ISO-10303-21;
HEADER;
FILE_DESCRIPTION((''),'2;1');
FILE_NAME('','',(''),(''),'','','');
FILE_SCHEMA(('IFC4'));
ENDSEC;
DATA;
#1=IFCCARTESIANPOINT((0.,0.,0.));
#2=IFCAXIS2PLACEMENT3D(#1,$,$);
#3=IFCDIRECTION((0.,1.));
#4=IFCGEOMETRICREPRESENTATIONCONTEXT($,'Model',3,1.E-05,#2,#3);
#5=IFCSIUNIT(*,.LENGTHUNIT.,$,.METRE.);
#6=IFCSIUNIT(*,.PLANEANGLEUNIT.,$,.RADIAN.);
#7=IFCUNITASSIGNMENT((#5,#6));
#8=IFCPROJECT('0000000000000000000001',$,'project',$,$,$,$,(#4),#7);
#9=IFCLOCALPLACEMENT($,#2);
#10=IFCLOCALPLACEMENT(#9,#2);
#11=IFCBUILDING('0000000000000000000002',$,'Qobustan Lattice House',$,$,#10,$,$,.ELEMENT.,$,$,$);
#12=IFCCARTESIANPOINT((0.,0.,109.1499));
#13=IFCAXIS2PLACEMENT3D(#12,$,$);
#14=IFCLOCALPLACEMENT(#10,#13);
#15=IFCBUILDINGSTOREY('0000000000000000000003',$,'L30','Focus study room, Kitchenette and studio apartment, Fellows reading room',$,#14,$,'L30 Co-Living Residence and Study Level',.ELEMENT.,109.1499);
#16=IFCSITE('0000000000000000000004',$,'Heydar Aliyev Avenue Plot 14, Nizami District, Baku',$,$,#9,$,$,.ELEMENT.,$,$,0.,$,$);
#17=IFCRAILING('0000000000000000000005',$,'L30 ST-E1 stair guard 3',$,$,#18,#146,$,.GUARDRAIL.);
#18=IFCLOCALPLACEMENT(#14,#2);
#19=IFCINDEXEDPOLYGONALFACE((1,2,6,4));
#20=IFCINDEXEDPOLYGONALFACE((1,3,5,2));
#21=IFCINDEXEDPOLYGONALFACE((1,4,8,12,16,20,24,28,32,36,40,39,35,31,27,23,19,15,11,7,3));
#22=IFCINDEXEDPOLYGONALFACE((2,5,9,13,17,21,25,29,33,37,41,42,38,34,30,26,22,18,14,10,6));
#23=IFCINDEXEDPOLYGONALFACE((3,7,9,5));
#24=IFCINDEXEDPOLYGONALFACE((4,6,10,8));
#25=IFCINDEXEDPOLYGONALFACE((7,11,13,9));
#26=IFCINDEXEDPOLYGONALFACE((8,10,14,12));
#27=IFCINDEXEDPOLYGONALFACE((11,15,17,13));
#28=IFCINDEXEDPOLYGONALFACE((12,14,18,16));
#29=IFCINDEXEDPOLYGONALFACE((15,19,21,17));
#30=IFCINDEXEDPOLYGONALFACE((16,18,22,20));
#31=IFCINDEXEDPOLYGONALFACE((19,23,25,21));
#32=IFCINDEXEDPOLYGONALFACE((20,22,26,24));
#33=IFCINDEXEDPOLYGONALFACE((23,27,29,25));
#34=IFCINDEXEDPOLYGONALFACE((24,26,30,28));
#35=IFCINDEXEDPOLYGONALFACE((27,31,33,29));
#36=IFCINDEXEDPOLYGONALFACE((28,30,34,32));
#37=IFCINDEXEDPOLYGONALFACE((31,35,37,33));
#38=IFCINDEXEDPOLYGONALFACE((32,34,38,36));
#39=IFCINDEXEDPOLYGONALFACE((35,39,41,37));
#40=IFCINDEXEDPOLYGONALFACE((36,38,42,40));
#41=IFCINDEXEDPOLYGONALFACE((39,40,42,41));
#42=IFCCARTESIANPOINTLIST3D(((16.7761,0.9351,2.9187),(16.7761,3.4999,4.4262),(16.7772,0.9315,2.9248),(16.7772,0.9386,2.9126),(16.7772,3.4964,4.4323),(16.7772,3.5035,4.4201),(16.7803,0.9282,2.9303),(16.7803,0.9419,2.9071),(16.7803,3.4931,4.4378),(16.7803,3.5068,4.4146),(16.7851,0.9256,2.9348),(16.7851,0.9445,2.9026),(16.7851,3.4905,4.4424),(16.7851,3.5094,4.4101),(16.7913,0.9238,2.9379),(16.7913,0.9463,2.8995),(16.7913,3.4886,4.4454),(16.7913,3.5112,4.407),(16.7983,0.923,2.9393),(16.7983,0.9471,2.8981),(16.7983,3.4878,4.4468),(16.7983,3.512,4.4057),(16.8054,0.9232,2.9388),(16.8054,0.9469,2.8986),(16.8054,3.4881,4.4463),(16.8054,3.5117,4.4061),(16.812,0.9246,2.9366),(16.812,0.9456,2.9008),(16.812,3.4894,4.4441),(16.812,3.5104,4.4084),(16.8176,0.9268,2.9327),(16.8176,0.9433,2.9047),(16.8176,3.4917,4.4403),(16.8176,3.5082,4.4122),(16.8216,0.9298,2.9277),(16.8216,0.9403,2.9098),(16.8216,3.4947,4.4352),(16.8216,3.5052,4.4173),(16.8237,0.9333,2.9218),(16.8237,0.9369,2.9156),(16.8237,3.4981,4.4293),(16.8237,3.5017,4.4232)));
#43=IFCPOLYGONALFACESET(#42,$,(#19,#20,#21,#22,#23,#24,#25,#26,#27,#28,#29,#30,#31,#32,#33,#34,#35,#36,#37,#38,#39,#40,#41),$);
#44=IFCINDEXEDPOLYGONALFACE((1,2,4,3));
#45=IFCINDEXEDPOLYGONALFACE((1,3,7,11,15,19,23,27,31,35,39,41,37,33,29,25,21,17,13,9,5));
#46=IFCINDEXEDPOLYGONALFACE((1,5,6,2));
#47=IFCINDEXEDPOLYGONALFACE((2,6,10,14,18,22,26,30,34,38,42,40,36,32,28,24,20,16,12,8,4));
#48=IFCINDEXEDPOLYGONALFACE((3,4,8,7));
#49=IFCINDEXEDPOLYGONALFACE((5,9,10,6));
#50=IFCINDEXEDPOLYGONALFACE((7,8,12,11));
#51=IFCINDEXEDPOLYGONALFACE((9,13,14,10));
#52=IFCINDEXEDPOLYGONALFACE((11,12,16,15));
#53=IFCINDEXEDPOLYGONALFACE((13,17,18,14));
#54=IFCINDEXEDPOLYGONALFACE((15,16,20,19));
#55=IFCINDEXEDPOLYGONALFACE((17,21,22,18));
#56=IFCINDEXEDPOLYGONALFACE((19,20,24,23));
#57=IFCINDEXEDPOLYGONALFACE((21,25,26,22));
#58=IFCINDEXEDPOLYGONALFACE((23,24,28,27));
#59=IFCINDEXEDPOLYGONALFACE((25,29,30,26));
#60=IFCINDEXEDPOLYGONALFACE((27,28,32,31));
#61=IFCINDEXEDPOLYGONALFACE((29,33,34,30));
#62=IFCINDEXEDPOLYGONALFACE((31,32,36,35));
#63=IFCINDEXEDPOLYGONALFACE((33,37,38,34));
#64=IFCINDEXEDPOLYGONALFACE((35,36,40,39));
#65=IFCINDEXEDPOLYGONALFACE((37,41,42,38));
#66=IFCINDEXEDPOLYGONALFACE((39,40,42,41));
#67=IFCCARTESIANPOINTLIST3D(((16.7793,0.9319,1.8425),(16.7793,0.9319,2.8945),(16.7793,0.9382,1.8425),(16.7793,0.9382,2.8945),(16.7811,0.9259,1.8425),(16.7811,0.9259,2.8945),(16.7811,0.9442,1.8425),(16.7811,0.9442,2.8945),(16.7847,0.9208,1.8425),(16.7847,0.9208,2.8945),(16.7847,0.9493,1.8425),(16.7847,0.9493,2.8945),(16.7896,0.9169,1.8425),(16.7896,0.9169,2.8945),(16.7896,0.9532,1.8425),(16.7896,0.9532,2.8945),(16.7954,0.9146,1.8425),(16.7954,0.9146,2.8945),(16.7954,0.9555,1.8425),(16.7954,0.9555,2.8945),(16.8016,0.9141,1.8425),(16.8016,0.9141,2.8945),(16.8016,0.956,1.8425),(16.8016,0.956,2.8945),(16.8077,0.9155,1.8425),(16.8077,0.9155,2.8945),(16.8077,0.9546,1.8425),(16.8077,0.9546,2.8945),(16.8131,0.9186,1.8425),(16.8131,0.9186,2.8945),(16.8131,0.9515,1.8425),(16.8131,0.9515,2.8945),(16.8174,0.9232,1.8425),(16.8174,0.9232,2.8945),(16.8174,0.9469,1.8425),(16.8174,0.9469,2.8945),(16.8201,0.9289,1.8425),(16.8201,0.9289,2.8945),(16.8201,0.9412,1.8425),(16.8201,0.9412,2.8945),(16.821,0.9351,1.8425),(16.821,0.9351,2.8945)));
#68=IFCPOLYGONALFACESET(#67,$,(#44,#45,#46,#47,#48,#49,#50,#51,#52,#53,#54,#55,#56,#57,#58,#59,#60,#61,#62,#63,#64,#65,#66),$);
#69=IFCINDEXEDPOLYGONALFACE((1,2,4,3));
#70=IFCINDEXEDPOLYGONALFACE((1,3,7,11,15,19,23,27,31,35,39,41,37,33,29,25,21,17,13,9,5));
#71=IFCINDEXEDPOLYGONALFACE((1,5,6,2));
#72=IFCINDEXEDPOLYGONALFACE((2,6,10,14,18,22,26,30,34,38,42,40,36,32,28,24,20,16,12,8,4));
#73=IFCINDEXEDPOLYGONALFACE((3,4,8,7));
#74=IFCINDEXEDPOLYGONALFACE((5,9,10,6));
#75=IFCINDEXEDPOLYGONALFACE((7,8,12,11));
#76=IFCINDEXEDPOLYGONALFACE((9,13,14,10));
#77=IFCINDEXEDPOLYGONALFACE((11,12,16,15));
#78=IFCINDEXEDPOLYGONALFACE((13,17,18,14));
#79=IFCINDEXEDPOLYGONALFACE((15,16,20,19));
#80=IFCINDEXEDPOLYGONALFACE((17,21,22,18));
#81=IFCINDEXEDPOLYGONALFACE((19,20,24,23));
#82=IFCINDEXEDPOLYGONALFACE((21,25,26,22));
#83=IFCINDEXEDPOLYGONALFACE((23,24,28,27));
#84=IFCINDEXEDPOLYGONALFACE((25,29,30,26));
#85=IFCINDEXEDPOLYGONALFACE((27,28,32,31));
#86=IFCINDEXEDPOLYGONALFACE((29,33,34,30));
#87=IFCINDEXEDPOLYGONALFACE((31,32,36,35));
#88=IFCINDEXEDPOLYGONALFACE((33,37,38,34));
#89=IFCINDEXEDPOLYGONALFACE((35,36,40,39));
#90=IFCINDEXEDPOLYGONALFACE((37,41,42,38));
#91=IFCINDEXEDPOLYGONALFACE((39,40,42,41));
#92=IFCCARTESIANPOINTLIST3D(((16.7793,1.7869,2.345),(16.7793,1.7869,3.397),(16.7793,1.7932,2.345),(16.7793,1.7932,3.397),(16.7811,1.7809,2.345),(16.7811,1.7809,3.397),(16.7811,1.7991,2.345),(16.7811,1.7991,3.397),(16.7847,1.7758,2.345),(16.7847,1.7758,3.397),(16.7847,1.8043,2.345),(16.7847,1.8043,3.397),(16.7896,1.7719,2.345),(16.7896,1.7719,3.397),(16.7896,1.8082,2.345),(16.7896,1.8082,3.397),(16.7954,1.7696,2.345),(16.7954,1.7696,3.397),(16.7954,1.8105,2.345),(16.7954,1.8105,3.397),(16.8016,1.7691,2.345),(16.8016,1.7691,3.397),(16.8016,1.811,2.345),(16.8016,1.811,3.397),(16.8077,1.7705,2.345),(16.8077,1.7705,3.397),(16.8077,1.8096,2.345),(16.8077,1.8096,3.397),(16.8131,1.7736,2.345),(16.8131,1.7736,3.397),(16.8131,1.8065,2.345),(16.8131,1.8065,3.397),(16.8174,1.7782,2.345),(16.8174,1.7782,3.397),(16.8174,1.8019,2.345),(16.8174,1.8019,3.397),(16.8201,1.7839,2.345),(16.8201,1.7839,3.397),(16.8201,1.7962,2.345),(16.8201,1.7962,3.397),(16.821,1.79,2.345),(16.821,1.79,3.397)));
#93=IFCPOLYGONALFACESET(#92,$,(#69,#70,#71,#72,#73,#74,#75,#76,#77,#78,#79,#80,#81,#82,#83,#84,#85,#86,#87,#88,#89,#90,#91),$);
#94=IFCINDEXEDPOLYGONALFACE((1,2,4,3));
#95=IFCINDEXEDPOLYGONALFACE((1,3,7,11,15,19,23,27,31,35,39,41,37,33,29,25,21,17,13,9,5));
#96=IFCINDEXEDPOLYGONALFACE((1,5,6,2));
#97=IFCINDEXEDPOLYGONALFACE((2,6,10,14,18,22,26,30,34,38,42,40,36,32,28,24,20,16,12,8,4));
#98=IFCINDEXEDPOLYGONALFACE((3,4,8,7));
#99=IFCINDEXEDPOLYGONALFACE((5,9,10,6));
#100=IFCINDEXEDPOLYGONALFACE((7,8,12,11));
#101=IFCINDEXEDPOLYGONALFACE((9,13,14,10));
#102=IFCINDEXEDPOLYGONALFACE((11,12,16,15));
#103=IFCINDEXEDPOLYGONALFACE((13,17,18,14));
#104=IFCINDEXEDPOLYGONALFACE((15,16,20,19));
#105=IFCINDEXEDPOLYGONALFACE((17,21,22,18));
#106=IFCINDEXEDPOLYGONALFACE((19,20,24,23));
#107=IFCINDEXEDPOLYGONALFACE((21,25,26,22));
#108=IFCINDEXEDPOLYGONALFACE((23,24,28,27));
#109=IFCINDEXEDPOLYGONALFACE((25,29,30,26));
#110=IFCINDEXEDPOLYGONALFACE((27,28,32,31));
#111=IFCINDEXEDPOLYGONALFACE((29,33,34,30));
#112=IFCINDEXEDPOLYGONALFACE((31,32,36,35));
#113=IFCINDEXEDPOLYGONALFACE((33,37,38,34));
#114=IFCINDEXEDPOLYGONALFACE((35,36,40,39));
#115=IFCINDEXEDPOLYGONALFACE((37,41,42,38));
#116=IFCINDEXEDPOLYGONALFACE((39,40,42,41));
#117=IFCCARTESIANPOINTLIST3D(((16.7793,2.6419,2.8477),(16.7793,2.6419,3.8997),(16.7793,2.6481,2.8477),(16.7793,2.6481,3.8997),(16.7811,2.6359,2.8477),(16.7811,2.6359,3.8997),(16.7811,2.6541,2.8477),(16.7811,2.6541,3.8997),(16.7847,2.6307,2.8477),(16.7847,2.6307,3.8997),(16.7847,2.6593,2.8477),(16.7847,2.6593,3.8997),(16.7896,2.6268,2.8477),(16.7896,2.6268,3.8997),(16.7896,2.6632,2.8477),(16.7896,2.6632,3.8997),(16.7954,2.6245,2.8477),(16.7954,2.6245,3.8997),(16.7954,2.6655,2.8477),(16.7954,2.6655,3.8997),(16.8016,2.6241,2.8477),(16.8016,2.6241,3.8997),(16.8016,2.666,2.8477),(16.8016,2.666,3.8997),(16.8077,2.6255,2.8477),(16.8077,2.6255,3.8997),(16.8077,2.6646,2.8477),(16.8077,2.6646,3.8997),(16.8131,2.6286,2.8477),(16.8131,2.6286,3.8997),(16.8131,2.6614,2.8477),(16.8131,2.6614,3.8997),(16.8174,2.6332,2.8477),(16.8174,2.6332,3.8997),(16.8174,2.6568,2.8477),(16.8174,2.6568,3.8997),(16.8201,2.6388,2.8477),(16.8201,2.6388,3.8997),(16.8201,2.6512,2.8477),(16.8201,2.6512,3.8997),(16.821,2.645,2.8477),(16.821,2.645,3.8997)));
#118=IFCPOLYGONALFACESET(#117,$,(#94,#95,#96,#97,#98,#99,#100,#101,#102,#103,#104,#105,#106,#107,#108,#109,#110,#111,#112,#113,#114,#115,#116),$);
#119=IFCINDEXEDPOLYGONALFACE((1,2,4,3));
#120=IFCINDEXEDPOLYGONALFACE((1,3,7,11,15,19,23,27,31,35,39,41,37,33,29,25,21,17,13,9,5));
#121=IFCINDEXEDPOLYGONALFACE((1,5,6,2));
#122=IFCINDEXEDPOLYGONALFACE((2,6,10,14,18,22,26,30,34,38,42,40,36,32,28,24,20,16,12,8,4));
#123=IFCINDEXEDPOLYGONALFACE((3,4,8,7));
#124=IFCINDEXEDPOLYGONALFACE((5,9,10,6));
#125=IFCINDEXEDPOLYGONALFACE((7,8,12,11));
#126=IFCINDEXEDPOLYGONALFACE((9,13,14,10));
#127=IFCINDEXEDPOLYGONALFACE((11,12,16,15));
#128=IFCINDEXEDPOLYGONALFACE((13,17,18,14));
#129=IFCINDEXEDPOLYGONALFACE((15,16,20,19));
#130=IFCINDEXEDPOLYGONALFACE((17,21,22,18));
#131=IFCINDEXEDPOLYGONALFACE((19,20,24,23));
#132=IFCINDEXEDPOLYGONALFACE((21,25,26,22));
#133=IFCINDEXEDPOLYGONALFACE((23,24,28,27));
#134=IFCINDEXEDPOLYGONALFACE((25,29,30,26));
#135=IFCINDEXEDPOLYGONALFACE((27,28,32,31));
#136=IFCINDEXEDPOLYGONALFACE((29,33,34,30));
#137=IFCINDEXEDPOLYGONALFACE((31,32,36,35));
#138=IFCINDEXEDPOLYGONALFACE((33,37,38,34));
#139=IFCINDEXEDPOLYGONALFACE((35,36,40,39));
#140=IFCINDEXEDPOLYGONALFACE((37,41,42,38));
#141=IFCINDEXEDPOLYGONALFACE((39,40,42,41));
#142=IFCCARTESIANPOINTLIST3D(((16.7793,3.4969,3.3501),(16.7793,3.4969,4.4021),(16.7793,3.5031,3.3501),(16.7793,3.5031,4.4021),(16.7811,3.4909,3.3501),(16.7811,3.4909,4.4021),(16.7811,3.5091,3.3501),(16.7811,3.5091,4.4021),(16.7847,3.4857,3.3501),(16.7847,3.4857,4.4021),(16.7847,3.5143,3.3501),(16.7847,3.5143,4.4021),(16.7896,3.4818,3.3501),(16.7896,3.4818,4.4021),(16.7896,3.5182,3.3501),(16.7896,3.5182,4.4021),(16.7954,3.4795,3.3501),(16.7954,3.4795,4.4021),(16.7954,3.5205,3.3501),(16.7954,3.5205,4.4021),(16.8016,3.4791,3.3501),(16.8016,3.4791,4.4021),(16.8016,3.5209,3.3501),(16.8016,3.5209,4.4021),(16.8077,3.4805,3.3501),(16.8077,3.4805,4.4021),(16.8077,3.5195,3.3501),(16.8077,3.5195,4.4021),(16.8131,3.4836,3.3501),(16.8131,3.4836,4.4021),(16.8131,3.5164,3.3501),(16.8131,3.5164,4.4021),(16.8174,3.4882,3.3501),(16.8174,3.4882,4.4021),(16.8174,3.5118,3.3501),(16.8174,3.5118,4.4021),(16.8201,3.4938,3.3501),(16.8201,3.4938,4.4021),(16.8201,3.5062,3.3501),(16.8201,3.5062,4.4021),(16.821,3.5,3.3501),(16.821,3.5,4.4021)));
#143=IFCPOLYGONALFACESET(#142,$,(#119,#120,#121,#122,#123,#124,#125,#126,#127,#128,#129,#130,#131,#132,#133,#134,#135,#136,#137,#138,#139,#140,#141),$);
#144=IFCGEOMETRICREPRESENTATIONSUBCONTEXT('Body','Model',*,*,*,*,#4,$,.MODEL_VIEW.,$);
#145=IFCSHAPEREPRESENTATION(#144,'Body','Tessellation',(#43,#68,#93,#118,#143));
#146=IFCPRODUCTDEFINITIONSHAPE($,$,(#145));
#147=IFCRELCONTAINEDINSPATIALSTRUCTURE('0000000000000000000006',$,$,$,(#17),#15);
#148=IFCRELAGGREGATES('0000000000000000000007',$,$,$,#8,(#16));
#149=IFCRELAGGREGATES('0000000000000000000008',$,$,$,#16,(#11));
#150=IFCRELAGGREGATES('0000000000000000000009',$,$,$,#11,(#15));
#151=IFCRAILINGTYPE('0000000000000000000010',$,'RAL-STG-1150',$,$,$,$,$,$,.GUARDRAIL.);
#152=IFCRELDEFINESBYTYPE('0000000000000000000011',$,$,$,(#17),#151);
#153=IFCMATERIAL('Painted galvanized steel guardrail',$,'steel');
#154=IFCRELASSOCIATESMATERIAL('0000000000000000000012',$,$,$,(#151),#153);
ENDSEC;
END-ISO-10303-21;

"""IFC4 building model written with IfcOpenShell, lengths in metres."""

from ifc_helpers import new_model, si_unit, direction, frame, origin, origin_2d, place, context, subcontext, project, spatial, circle, extrude, material, type_object, element, save


model = new_model("IFC4")

# Units and contexts
model_context = context("Model", 3, precision=1e-05, world=origin(), true_north=direction((0.0, 1.0)))
body_context = subcontext(model_context, "Body", "Model", "MODEL_VIEW")
ifc_project = project(units=[si_unit("LENGTHUNIT", "METRE"), si_unit("PLANEANGLEUNIT", "RADIAN")], contexts=[model_context])

# Site, building, storey
site_placement = place(None, origin())
site = spatial("IfcSite", under=ifc_project, at=site_placement, Name="Heydar Aliyev Avenue Plot 14, Nizami District, Baku", CompositionType="ELEMENT", RefElevation=0.0)
building_placement = place(site_placement, origin())
building = spatial("IfcBuilding", under=site, at=building_placement, Name="Qobustan Lattice House", CompositionType="ELEMENT")
storey_placement = place(building_placement, frame((0.0, 0.0, 109.1499)))
storey = spatial("IfcBuildingStorey", under=building, at=storey_placement, Name="L30", Description="Focus study room, Kitchenette and studio apartment, Fellows reading room", LongName="L30 Co-Living Residence and Study Level", CompositionType="ELEMENT", Elevation=109.1499)

# Railing
ifc_material_1 = material(Name="Painted galvanized steel guardrail", Category="steel")
railing_type_1 = type_object("IfcRailingType", Name="RAL-STG-1150", PredefinedType="GUARDRAIL", material=ifc_material_1)
railing_1_placement = place(storey_placement, frame((16.8, 0.9351, 1.8425)))
element("IfcRailing", 1, at=railing_1_placement, inside=storey, type_object=railing_type_1, Name="L30 ST-E1 stair guard 3", PredefinedType="GUARDRAIL", context=body_context, shape_type="SweptSolid", body=[
    extrude(circle(Radius=0.0239, at=origin_2d()), frame((0.0, 0.0, 1.0762), z_axis=(0.0, 0.862113, 0.506715), x_axis=(-1.0, 0.0, 0.0)), (0.0, 0.0, 1.0), 2.9751),
    extrude(circle(Radius=0.021, at=origin_2d()), origin(), (0.0, 0.0, 1.0), 1.052),
    extrude(circle(Radius=0.021, at=origin_2d()), frame((0.0, 0.855, 0.5024)), (0.0, 0.0, 1.0), 1.052),
    extrude(circle(Radius=0.021, at=origin_2d()), frame((0.0, 1.71, 1.0051)), (0.0, 0.0, 1.0), 1.052),
    extrude(circle(Radius=0.021, at=origin_2d()), frame((0.0, 2.5649, 1.5076)), (0.0, 0.0, 1.0), 1.052),
])

save(model, "model.ifc")
